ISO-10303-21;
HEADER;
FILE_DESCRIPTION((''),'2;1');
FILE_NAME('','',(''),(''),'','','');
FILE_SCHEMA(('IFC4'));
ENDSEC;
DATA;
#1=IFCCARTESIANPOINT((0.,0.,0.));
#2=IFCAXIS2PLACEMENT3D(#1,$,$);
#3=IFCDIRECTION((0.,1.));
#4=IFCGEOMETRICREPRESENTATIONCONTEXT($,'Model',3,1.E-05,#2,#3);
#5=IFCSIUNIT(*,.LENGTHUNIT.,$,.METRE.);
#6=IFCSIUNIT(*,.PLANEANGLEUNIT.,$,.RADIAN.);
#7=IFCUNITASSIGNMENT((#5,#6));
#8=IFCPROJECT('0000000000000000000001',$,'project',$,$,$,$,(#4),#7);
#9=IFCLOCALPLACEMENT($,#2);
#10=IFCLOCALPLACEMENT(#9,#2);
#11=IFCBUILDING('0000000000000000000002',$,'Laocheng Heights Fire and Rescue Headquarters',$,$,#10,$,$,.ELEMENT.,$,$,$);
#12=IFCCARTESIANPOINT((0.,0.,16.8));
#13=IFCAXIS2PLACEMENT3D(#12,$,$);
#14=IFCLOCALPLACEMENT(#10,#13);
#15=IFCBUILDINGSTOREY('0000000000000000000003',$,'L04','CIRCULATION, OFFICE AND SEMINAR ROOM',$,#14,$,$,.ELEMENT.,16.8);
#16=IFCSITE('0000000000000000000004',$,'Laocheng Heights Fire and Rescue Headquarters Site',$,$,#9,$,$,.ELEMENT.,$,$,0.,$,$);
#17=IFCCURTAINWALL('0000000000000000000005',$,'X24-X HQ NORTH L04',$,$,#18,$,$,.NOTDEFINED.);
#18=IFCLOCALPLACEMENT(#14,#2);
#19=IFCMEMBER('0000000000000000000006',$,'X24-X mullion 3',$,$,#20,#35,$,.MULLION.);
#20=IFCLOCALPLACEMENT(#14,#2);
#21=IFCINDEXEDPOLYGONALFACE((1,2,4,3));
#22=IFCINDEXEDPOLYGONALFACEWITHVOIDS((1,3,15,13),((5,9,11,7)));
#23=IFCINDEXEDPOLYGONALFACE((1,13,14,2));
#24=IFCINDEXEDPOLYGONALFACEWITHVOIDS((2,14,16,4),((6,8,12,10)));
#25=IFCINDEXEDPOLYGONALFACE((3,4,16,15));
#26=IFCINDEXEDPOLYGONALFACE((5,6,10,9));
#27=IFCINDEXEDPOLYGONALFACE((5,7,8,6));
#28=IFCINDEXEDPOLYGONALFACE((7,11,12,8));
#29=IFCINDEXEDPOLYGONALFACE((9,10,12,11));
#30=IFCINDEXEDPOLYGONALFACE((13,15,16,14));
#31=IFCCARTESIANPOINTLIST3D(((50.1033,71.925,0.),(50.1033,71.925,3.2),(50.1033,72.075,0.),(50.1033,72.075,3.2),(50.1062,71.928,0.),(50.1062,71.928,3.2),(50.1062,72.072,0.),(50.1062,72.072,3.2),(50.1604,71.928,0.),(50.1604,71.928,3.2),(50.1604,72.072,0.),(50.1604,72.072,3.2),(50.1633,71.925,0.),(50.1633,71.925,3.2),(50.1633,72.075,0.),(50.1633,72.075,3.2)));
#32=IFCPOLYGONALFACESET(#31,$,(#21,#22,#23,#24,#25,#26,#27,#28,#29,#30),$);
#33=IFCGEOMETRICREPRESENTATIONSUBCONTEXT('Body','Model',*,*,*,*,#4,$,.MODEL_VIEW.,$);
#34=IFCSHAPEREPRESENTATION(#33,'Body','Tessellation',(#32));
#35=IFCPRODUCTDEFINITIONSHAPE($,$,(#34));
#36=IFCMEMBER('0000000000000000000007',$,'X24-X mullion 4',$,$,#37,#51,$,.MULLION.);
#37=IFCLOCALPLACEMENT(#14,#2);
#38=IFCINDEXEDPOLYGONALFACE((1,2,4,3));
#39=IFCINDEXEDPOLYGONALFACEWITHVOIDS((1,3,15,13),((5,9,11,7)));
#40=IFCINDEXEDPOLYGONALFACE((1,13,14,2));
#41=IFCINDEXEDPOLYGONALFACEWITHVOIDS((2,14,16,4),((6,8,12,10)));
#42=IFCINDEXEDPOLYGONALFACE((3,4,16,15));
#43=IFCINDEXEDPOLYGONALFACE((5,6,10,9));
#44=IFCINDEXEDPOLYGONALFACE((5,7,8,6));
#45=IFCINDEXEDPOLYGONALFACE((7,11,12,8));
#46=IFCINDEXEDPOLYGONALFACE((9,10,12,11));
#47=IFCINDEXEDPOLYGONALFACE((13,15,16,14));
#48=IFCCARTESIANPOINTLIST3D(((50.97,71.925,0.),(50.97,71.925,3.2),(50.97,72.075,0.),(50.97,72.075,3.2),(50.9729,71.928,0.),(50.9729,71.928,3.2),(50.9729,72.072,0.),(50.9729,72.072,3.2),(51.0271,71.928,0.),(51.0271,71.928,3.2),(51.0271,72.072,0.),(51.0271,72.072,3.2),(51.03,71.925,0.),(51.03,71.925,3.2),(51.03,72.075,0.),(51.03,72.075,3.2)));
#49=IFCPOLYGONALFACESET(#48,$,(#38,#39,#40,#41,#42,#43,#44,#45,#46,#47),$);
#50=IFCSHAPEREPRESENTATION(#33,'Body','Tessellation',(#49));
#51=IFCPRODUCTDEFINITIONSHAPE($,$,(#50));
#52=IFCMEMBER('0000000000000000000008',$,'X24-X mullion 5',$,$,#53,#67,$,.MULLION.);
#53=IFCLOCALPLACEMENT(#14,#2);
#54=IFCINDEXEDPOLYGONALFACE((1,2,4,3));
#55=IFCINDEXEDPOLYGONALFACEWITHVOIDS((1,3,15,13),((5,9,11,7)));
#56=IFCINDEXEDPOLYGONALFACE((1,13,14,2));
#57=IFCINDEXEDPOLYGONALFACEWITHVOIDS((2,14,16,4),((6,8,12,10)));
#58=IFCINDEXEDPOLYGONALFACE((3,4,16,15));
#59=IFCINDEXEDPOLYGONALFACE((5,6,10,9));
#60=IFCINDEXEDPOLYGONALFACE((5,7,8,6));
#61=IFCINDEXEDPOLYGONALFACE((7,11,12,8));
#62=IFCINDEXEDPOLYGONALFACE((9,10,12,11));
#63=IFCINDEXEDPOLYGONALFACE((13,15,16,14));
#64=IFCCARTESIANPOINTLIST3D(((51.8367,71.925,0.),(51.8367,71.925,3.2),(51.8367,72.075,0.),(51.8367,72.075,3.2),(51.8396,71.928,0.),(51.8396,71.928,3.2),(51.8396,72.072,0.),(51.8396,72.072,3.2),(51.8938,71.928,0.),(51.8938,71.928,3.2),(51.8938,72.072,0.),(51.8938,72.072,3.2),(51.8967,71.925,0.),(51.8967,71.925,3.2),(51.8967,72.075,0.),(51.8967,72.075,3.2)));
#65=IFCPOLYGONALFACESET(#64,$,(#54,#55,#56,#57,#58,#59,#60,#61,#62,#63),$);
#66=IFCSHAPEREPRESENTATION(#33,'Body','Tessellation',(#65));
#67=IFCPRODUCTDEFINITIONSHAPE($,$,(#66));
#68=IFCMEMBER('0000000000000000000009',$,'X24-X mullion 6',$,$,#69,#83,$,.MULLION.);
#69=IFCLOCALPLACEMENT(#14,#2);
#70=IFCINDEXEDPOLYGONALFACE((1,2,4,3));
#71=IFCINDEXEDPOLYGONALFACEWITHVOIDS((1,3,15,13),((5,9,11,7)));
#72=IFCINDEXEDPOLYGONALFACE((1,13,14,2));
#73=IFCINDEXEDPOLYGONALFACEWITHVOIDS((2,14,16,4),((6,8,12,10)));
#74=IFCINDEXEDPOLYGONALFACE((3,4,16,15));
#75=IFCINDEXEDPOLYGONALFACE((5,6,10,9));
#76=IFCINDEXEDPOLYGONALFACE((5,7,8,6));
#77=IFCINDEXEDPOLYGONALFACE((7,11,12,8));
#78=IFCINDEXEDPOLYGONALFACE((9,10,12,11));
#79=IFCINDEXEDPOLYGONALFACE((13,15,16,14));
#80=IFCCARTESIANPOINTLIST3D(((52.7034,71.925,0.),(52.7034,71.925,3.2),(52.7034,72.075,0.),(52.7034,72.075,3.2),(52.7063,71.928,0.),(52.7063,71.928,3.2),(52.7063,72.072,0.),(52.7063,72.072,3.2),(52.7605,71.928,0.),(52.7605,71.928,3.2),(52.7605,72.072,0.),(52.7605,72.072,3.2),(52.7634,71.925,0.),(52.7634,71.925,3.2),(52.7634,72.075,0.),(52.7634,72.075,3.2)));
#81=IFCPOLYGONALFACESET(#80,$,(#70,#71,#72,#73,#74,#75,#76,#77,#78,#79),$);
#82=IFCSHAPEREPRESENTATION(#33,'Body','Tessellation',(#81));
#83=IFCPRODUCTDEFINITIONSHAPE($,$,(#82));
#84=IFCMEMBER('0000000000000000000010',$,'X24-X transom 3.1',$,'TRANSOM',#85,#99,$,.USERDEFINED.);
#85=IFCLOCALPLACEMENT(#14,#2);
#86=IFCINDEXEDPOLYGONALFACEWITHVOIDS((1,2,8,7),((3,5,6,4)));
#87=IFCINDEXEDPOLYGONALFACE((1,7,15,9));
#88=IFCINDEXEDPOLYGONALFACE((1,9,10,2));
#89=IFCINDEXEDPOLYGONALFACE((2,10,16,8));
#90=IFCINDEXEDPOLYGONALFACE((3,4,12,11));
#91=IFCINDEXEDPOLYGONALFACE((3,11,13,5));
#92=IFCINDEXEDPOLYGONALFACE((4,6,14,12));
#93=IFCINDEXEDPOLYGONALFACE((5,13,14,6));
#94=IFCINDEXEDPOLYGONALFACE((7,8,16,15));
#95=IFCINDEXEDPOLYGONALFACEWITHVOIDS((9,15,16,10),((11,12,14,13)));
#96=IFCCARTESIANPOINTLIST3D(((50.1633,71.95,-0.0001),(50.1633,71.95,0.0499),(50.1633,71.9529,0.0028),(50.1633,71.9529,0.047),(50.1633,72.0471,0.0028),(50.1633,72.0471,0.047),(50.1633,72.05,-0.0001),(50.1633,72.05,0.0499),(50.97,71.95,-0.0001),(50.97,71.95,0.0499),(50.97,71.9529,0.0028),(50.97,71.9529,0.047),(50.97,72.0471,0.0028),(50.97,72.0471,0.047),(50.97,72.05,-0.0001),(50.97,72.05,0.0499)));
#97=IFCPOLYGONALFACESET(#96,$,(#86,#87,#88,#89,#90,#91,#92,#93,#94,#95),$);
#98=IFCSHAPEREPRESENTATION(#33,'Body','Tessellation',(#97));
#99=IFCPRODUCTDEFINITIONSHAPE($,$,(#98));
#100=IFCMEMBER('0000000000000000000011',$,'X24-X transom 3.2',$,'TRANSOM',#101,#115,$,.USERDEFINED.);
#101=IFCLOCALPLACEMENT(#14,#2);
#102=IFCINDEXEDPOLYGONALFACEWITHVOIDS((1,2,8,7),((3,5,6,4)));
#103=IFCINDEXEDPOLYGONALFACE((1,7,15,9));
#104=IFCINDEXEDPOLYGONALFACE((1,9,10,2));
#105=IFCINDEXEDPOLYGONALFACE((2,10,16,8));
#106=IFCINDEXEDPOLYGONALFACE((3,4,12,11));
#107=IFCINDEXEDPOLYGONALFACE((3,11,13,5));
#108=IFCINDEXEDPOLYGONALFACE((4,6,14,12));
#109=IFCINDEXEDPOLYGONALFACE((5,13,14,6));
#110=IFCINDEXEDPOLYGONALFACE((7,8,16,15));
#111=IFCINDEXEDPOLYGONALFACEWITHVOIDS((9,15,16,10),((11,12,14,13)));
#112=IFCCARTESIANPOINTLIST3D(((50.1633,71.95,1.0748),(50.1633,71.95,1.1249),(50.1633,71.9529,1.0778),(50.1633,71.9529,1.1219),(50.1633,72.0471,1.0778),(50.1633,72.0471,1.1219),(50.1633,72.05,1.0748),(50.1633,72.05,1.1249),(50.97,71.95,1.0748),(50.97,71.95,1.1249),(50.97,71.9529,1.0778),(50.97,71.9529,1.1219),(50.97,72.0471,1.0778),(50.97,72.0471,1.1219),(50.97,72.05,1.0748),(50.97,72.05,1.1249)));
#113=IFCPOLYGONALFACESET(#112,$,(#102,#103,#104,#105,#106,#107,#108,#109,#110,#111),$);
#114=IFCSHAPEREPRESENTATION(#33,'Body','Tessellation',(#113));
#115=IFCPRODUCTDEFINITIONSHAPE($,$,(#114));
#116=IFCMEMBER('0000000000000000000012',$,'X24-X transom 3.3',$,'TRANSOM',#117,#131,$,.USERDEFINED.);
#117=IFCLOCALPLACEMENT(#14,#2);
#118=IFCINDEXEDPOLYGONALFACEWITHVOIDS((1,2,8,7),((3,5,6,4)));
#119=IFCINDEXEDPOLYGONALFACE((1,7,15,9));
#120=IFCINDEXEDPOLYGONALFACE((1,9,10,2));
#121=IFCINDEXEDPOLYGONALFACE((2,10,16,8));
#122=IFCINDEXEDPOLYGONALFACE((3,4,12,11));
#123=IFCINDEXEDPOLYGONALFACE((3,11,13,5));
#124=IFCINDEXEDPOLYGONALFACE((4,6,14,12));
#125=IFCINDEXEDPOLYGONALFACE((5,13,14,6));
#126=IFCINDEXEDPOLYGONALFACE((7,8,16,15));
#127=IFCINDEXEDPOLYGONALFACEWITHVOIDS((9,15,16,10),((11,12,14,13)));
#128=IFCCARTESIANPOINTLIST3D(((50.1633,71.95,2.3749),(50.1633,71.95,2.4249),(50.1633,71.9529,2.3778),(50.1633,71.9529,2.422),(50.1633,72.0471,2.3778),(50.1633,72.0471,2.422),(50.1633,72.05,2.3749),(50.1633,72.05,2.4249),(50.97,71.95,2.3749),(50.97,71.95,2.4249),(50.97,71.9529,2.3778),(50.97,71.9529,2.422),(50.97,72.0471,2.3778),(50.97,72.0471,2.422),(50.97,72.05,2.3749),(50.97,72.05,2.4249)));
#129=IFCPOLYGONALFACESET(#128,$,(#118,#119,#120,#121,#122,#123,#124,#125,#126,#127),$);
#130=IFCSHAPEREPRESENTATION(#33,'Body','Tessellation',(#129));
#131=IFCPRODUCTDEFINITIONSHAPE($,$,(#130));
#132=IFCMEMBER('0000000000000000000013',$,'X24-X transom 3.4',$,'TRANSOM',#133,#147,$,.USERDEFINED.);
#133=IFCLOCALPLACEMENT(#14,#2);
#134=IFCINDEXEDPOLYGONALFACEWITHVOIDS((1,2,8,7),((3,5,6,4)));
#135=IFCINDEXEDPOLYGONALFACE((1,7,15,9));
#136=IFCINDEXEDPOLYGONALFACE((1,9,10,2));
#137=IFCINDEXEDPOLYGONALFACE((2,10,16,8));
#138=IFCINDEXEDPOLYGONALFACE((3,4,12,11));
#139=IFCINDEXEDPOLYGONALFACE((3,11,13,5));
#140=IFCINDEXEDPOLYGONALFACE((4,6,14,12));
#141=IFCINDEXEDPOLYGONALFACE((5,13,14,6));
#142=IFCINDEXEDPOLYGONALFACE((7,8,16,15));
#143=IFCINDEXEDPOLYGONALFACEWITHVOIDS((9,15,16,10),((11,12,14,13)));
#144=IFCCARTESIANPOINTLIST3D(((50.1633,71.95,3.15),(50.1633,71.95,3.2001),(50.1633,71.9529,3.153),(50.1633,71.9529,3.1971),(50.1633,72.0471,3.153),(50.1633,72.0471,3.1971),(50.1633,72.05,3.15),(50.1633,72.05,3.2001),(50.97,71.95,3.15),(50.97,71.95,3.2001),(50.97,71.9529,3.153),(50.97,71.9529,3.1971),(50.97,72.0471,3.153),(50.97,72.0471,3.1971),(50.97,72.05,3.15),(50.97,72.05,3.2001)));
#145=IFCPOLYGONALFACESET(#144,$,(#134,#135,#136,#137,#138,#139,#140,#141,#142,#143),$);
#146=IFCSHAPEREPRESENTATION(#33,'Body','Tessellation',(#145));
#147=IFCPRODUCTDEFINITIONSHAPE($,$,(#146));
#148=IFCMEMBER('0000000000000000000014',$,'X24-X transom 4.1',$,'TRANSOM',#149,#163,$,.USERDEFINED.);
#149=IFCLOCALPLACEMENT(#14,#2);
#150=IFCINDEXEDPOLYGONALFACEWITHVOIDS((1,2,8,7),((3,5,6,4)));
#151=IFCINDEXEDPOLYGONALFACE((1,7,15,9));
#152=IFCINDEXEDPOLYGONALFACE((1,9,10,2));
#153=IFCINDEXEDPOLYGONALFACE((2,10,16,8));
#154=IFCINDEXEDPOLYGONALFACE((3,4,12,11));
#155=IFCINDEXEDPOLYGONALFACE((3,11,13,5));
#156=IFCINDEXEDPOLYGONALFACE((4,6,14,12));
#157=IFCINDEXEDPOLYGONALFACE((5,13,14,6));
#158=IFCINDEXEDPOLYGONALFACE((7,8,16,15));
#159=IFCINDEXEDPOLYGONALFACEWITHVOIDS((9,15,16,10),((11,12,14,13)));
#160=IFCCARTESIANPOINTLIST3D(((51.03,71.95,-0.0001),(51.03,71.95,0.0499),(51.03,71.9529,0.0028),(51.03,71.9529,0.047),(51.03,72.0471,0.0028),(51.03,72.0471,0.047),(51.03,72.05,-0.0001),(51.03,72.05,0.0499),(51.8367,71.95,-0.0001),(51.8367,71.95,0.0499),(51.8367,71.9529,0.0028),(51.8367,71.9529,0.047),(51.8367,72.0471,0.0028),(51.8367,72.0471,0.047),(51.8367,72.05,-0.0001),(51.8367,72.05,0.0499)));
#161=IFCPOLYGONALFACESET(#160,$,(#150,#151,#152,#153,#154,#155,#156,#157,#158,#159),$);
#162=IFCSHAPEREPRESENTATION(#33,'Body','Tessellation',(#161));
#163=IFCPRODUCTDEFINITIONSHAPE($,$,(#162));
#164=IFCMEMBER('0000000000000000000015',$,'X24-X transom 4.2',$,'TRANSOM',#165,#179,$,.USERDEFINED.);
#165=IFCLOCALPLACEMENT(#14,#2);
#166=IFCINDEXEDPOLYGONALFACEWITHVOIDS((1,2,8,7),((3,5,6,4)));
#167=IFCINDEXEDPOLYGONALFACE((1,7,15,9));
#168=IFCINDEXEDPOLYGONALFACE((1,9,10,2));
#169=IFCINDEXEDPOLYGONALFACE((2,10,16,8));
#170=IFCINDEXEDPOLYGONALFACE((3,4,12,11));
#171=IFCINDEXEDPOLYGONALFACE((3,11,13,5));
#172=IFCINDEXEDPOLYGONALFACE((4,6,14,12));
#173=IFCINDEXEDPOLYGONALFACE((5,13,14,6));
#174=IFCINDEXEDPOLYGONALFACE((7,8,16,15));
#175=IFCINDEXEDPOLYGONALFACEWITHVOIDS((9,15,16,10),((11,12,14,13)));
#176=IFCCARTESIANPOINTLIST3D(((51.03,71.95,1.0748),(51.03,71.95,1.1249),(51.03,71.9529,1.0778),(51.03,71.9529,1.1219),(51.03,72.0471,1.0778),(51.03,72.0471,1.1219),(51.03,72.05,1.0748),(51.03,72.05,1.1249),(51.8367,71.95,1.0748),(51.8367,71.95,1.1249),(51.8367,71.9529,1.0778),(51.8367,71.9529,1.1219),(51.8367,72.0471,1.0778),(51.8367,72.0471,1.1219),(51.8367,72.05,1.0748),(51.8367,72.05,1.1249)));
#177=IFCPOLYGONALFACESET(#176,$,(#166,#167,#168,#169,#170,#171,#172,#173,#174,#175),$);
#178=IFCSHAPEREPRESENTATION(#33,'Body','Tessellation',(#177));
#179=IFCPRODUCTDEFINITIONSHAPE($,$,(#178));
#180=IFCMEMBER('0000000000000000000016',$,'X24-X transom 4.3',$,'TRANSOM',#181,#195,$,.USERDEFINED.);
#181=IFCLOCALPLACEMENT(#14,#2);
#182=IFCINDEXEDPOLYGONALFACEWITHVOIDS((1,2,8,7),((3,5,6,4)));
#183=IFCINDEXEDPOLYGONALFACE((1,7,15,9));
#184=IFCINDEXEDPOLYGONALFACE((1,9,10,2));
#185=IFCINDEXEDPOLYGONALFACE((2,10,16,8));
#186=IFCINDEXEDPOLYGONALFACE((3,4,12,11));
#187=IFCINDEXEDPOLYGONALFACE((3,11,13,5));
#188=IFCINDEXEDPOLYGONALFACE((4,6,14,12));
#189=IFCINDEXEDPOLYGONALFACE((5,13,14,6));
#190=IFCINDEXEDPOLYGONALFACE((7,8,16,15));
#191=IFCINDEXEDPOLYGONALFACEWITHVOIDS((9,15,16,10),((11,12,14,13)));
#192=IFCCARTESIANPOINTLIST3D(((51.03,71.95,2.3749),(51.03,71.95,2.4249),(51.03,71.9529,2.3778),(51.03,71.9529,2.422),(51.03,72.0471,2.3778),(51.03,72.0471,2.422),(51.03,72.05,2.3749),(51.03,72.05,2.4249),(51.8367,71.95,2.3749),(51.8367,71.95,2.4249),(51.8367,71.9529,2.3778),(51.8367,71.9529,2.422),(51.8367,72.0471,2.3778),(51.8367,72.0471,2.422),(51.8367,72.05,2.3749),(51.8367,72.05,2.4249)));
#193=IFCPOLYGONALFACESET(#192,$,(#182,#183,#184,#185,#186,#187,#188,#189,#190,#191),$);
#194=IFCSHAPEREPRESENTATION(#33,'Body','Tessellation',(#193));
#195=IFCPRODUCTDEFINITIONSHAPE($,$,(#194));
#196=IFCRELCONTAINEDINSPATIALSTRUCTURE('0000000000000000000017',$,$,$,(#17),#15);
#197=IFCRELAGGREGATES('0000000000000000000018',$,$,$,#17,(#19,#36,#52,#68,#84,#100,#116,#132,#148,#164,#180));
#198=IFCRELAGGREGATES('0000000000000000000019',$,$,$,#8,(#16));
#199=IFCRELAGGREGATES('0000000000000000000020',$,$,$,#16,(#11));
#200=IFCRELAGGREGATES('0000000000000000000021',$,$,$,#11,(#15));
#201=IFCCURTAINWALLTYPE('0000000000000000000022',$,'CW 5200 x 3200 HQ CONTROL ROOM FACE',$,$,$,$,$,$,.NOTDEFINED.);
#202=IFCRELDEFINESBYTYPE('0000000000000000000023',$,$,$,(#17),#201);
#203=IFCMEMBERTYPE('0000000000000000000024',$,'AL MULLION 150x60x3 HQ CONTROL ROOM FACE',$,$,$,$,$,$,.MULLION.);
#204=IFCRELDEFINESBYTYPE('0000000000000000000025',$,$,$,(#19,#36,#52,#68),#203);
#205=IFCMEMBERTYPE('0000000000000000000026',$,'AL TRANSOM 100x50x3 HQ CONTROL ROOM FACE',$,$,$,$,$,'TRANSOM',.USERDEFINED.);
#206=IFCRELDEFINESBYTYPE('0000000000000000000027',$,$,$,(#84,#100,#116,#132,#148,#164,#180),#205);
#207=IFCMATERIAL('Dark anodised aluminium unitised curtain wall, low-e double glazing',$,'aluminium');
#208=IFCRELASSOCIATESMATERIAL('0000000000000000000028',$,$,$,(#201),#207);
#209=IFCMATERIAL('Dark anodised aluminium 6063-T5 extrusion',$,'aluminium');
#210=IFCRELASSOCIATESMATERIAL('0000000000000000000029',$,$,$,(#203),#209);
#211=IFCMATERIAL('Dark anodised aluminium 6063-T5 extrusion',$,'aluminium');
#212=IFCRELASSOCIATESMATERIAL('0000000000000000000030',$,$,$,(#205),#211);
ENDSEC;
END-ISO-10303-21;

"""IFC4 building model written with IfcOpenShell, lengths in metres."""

from ifc_helpers import new_model, si_unit, direction, frame, origin, origin_2d, place, context, subcontext, project, spatial, hollow_rectangle, extrude, material, material_profile, profile_set, type_object, element, aggregate, save


model = new_model("IFC4")

# Units and contexts
model_context = context("Model", 3, precision=1e-05, world=origin(), true_north=direction((0.0, 1.0)))
body_context = subcontext(model_context, "Body", "Model", "MODEL_VIEW")
ifc_project = project(units=[si_unit("LENGTHUNIT", "METRE"), si_unit("PLANEANGLEUNIT", "RADIAN")], contexts=[model_context])

# Site, building, storey
site_placement = place(None, origin())
site = spatial("IfcSite", under=ifc_project, at=site_placement, Name="Laocheng Heights Fire and Rescue Headquarters Site", CompositionType="ELEMENT", RefElevation=0.0)
building_placement = place(site_placement, origin())
building = spatial("IfcBuilding", under=site, at=building_placement, Name="Laocheng Heights Fire and Rescue Headquarters", CompositionType="ELEMENT")
storey_placement = place(building_placement, frame((0.0, 0.0, 16.8)))
storey = spatial("IfcBuildingStorey", under=building, at=storey_placement, Name="L04", Description="CIRCULATION, OFFICE AND SEMINAR ROOM", CompositionType="ELEMENT", Elevation=16.8)

# Curtain wall, members
ifc_material_1 = material(Name="Dark anodised aluminium unitised curtain wall, low-e double glazing", Category="aluminium")
curtain_wall_type = type_object("IfcCurtainWallType", Name="CW 5200 x 3200 HQ CONTROL ROOM FACE", PredefinedType="NOTDEFINED", material=ifc_material_1)
curtain_wall_placement = place(storey_placement, origin())
curtain_wall = element("IfcCurtainWall", 1, at=curtain_wall_placement, inside=storey, type_object=curtain_wall_type, Name="X24-X HQ NORTH L04", PredefinedType="NOTDEFINED")
ifc_material_2 = material(Name="Dark anodised aluminium 6063-T5 extrusion", Category="aluminium")
ifc_material_profile_1 = material_profile(ifc_material_2, hollow_rectangle(XDim=0.1499, YDim=0.0601, WallThickness=0.0029, at=origin_2d()), Name="AL MULLION 150x60x3 HQ CONTROL ROOM FACE")
ifc_profile_set_1 = profile_set([ifc_material_profile_1], Name="Dark anodised aluminium 6063-T5 extrusion")
member_type_1 = type_object("IfcMemberType", Name="AL MULLION 150x60x3 HQ CONTROL ROOM FACE", PredefinedType="MULLION", material=ifc_profile_set_1)
member_1_placement = place(storey_placement, frame((50.1333, 72.0, 0.0), z_axis=(0.0, 0.0, 1.0), x_axis=(0.0, 1.0, 0.0)))
member_1 = element("IfcMember", 2, at=member_1_placement, type_object=member_type_1, Name="X24-X mullion 3", PredefinedType="MULLION", context=body_context, shape_type="SweptSolid", body=[
    extrude(hollow_rectangle(XDim=0.1499, YDim=0.0601, WallThickness=0.0029, at=origin_2d()), origin(), (0.0, 0.0, 1.0), 3.2),
])
member_2_placement = place(storey_placement, frame((51.0, 72.0, 0.0), z_axis=(0.0, 0.0, 1.0), x_axis=(0.0, 1.0, 0.0)))
member_2 = element("IfcMember", 3, at=member_2_placement, type_object=member_type_1, Name="X24-X mullion 4", PredefinedType="MULLION", context=body_context, shape_type="SweptSolid", body=[
    extrude(hollow_rectangle(XDim=0.1499, YDim=0.0601, WallThickness=0.0029, at=origin_2d()), origin(), (0.0, 0.0, 1.0), 3.2),
])
member_3_placement = place(storey_placement, frame((51.8667, 72.0, 0.0), z_axis=(0.0, 0.0, 1.0), x_axis=(0.0, 1.0, 0.0)))
member_3 = element("IfcMember", 4, at=member_3_placement, type_object=member_type_1, Name="X24-X mullion 5", PredefinedType="MULLION", context=body_context, shape_type="SweptSolid", body=[
    extrude(hollow_rectangle(XDim=0.1499, YDim=0.0601, WallThickness=0.0029, at=origin_2d()), origin(), (0.0, 0.0, 1.0), 3.2),
])
member_4_placement = place(storey_placement, frame((52.7334, 72.0, 0.0), z_axis=(0.0, 0.0, 1.0), x_axis=(0.0, 1.0, 0.0)))
member_4 = element("IfcMember", 5, at=member_4_placement, type_object=member_type_1, Name="X24-X mullion 6", PredefinedType="MULLION", context=body_context, shape_type="SweptSolid", body=[
    extrude(hollow_rectangle(XDim=0.1499, YDim=0.0601, WallThickness=0.0029, at=origin_2d()), origin(), (0.0, 0.0, 1.0), 3.2),
])
ifc_material_3 = material(Name="Dark anodised aluminium 6063-T5 extrusion", Category="aluminium")
ifc_material_profile_2 = material_profile(ifc_material_3, hollow_rectangle(XDim=0.1001, YDim=0.05, WallThickness=0.0029, at=origin_2d()), Name="AL TRANSOM 100x50x3 HQ CONTROL ROOM FACE")
ifc_profile_set_2 = profile_set([ifc_material_profile_2], Name="Dark anodised aluminium 6063-T5 extrusion")
member_type_2 = type_object("IfcMemberType", Name="AL TRANSOM 100x50x3 HQ CONTROL ROOM FACE", ElementType="TRANSOM", PredefinedType="USERDEFINED", material=ifc_profile_set_2)
member_5_placement = place(storey_placement, frame((50.1633, 72.0, 0.0249), z_axis=(1.0, 0.0, 0.0), x_axis=(0.0, 1.0, 0.0)))
member_5 = element("IfcMember", 6, at=member_5_placement, type_object=member_type_2, Name="X24-X transom 3.1", ObjectType="TRANSOM", PredefinedType="USERDEFINED", context=body_context, shape_type="SweptSolid", body=[
    extrude(hollow_rectangle(XDim=0.1001, YDim=0.05, WallThickness=0.0029, at=origin_2d()), origin(), (0.0, 0.0, 1.0), 0.8066),
])
member_6_placement = place(storey_placement, frame((50.1633, 72.0, 1.0999), z_axis=(1.0, 0.0, 0.0), x_axis=(0.0, 1.0, 0.0)))
member_6 = element("IfcMember", 7, at=member_6_placement, type_object=member_type_2, Name="X24-X transom 3.2", ObjectType="TRANSOM", PredefinedType="USERDEFINED", context=body_context, shape_type="SweptSolid", body=[
    extrude(hollow_rectangle(XDim=0.1001, YDim=0.05, WallThickness=0.0029, at=origin_2d()), origin(), (0.0, 0.0, 1.0), 0.8066),
])
member_7_placement = place(storey_placement, frame((50.1633, 72.0, 2.3999), z_axis=(1.0, 0.0, 0.0), x_axis=(0.0, 1.0, 0.0)))
member_7 = element("IfcMember", 8, at=member_7_placement, type_object=member_type_2, Name="X24-X transom 3.3", ObjectType="TRANSOM", PredefinedType="USERDEFINED", context=body_context, shape_type="SweptSolid", body=[
    extrude(hollow_rectangle(XDim=0.1001, YDim=0.05, WallThickness=0.0029, at=origin_2d()), origin(), (0.0, 0.0, 1.0), 0.8066),
])
member_8_placement = place(storey_placement, frame((50.1633, 72.0, 3.175), z_axis=(1.0, 0.0, 0.0), x_axis=(0.0, 1.0, 0.0)))
member_8 = element("IfcMember", 9, at=member_8_placement, type_object=member_type_2, Name="X24-X transom 3.4", ObjectType="TRANSOM", PredefinedType="USERDEFINED", context=body_context, shape_type="SweptSolid", body=[
    extrude(hollow_rectangle(XDim=0.1001, YDim=0.05, WallThickness=0.0029, at=origin_2d()), origin(), (0.0, 0.0, 1.0), 0.8066),
])
member_9_placement = place(storey_placement, frame((51.03, 72.0, 0.0249), z_axis=(1.0, 0.0, 0.0), x_axis=(0.0, 1.0, 0.0)))
member_9 = element("IfcMember", 10, at=member_9_placement, type_object=member_type_2, Name="X24-X transom 4.1", ObjectType="TRANSOM", PredefinedType="USERDEFINED", context=body_context, shape_type="SweptSolid", body=[
    extrude(hollow_rectangle(XDim=0.1001, YDim=0.05, WallThickness=0.0029, at=origin_2d()), origin(), (0.0, 0.0, 1.0), 0.8066),
])
member_10_placement = place(storey_placement, frame((51.03, 72.0, 1.0999), z_axis=(1.0, 0.0, 0.0), x_axis=(0.0, 1.0, 0.0)))
member_10 = element("IfcMember", 11, at=member_10_placement, type_object=member_type_2, Name="X24-X transom 4.2", ObjectType="TRANSOM", PredefinedType="USERDEFINED", context=body_context, shape_type="SweptSolid", body=[
    extrude(hollow_rectangle(XDim=0.1001, YDim=0.05, WallThickness=0.0029, at=origin_2d()), origin(), (0.0, 0.0, 1.0), 0.8066),
])
member_11_placement = place(storey_placement, frame((51.03, 72.0, 2.3999), z_axis=(1.0, 0.0, 0.0), x_axis=(0.0, 1.0, 0.0)))
member_11 = element("IfcMember", 12, at=member_11_placement, type_object=member_type_2, Name="X24-X transom 4.3", ObjectType="TRANSOM", PredefinedType="USERDEFINED", context=body_context, shape_type="SweptSolid", body=[
    extrude(hollow_rectangle(XDim=0.1001, YDim=0.05, WallThickness=0.0029, at=origin_2d()), origin(), (0.0, 0.0, 1.0), 0.8066),
])
aggregate(curtain_wall, [member_1, member_2, member_3, member_4, member_5, member_6, member_7, member_8, member_9, member_10, member_11])

save(model, "model.ifc")
